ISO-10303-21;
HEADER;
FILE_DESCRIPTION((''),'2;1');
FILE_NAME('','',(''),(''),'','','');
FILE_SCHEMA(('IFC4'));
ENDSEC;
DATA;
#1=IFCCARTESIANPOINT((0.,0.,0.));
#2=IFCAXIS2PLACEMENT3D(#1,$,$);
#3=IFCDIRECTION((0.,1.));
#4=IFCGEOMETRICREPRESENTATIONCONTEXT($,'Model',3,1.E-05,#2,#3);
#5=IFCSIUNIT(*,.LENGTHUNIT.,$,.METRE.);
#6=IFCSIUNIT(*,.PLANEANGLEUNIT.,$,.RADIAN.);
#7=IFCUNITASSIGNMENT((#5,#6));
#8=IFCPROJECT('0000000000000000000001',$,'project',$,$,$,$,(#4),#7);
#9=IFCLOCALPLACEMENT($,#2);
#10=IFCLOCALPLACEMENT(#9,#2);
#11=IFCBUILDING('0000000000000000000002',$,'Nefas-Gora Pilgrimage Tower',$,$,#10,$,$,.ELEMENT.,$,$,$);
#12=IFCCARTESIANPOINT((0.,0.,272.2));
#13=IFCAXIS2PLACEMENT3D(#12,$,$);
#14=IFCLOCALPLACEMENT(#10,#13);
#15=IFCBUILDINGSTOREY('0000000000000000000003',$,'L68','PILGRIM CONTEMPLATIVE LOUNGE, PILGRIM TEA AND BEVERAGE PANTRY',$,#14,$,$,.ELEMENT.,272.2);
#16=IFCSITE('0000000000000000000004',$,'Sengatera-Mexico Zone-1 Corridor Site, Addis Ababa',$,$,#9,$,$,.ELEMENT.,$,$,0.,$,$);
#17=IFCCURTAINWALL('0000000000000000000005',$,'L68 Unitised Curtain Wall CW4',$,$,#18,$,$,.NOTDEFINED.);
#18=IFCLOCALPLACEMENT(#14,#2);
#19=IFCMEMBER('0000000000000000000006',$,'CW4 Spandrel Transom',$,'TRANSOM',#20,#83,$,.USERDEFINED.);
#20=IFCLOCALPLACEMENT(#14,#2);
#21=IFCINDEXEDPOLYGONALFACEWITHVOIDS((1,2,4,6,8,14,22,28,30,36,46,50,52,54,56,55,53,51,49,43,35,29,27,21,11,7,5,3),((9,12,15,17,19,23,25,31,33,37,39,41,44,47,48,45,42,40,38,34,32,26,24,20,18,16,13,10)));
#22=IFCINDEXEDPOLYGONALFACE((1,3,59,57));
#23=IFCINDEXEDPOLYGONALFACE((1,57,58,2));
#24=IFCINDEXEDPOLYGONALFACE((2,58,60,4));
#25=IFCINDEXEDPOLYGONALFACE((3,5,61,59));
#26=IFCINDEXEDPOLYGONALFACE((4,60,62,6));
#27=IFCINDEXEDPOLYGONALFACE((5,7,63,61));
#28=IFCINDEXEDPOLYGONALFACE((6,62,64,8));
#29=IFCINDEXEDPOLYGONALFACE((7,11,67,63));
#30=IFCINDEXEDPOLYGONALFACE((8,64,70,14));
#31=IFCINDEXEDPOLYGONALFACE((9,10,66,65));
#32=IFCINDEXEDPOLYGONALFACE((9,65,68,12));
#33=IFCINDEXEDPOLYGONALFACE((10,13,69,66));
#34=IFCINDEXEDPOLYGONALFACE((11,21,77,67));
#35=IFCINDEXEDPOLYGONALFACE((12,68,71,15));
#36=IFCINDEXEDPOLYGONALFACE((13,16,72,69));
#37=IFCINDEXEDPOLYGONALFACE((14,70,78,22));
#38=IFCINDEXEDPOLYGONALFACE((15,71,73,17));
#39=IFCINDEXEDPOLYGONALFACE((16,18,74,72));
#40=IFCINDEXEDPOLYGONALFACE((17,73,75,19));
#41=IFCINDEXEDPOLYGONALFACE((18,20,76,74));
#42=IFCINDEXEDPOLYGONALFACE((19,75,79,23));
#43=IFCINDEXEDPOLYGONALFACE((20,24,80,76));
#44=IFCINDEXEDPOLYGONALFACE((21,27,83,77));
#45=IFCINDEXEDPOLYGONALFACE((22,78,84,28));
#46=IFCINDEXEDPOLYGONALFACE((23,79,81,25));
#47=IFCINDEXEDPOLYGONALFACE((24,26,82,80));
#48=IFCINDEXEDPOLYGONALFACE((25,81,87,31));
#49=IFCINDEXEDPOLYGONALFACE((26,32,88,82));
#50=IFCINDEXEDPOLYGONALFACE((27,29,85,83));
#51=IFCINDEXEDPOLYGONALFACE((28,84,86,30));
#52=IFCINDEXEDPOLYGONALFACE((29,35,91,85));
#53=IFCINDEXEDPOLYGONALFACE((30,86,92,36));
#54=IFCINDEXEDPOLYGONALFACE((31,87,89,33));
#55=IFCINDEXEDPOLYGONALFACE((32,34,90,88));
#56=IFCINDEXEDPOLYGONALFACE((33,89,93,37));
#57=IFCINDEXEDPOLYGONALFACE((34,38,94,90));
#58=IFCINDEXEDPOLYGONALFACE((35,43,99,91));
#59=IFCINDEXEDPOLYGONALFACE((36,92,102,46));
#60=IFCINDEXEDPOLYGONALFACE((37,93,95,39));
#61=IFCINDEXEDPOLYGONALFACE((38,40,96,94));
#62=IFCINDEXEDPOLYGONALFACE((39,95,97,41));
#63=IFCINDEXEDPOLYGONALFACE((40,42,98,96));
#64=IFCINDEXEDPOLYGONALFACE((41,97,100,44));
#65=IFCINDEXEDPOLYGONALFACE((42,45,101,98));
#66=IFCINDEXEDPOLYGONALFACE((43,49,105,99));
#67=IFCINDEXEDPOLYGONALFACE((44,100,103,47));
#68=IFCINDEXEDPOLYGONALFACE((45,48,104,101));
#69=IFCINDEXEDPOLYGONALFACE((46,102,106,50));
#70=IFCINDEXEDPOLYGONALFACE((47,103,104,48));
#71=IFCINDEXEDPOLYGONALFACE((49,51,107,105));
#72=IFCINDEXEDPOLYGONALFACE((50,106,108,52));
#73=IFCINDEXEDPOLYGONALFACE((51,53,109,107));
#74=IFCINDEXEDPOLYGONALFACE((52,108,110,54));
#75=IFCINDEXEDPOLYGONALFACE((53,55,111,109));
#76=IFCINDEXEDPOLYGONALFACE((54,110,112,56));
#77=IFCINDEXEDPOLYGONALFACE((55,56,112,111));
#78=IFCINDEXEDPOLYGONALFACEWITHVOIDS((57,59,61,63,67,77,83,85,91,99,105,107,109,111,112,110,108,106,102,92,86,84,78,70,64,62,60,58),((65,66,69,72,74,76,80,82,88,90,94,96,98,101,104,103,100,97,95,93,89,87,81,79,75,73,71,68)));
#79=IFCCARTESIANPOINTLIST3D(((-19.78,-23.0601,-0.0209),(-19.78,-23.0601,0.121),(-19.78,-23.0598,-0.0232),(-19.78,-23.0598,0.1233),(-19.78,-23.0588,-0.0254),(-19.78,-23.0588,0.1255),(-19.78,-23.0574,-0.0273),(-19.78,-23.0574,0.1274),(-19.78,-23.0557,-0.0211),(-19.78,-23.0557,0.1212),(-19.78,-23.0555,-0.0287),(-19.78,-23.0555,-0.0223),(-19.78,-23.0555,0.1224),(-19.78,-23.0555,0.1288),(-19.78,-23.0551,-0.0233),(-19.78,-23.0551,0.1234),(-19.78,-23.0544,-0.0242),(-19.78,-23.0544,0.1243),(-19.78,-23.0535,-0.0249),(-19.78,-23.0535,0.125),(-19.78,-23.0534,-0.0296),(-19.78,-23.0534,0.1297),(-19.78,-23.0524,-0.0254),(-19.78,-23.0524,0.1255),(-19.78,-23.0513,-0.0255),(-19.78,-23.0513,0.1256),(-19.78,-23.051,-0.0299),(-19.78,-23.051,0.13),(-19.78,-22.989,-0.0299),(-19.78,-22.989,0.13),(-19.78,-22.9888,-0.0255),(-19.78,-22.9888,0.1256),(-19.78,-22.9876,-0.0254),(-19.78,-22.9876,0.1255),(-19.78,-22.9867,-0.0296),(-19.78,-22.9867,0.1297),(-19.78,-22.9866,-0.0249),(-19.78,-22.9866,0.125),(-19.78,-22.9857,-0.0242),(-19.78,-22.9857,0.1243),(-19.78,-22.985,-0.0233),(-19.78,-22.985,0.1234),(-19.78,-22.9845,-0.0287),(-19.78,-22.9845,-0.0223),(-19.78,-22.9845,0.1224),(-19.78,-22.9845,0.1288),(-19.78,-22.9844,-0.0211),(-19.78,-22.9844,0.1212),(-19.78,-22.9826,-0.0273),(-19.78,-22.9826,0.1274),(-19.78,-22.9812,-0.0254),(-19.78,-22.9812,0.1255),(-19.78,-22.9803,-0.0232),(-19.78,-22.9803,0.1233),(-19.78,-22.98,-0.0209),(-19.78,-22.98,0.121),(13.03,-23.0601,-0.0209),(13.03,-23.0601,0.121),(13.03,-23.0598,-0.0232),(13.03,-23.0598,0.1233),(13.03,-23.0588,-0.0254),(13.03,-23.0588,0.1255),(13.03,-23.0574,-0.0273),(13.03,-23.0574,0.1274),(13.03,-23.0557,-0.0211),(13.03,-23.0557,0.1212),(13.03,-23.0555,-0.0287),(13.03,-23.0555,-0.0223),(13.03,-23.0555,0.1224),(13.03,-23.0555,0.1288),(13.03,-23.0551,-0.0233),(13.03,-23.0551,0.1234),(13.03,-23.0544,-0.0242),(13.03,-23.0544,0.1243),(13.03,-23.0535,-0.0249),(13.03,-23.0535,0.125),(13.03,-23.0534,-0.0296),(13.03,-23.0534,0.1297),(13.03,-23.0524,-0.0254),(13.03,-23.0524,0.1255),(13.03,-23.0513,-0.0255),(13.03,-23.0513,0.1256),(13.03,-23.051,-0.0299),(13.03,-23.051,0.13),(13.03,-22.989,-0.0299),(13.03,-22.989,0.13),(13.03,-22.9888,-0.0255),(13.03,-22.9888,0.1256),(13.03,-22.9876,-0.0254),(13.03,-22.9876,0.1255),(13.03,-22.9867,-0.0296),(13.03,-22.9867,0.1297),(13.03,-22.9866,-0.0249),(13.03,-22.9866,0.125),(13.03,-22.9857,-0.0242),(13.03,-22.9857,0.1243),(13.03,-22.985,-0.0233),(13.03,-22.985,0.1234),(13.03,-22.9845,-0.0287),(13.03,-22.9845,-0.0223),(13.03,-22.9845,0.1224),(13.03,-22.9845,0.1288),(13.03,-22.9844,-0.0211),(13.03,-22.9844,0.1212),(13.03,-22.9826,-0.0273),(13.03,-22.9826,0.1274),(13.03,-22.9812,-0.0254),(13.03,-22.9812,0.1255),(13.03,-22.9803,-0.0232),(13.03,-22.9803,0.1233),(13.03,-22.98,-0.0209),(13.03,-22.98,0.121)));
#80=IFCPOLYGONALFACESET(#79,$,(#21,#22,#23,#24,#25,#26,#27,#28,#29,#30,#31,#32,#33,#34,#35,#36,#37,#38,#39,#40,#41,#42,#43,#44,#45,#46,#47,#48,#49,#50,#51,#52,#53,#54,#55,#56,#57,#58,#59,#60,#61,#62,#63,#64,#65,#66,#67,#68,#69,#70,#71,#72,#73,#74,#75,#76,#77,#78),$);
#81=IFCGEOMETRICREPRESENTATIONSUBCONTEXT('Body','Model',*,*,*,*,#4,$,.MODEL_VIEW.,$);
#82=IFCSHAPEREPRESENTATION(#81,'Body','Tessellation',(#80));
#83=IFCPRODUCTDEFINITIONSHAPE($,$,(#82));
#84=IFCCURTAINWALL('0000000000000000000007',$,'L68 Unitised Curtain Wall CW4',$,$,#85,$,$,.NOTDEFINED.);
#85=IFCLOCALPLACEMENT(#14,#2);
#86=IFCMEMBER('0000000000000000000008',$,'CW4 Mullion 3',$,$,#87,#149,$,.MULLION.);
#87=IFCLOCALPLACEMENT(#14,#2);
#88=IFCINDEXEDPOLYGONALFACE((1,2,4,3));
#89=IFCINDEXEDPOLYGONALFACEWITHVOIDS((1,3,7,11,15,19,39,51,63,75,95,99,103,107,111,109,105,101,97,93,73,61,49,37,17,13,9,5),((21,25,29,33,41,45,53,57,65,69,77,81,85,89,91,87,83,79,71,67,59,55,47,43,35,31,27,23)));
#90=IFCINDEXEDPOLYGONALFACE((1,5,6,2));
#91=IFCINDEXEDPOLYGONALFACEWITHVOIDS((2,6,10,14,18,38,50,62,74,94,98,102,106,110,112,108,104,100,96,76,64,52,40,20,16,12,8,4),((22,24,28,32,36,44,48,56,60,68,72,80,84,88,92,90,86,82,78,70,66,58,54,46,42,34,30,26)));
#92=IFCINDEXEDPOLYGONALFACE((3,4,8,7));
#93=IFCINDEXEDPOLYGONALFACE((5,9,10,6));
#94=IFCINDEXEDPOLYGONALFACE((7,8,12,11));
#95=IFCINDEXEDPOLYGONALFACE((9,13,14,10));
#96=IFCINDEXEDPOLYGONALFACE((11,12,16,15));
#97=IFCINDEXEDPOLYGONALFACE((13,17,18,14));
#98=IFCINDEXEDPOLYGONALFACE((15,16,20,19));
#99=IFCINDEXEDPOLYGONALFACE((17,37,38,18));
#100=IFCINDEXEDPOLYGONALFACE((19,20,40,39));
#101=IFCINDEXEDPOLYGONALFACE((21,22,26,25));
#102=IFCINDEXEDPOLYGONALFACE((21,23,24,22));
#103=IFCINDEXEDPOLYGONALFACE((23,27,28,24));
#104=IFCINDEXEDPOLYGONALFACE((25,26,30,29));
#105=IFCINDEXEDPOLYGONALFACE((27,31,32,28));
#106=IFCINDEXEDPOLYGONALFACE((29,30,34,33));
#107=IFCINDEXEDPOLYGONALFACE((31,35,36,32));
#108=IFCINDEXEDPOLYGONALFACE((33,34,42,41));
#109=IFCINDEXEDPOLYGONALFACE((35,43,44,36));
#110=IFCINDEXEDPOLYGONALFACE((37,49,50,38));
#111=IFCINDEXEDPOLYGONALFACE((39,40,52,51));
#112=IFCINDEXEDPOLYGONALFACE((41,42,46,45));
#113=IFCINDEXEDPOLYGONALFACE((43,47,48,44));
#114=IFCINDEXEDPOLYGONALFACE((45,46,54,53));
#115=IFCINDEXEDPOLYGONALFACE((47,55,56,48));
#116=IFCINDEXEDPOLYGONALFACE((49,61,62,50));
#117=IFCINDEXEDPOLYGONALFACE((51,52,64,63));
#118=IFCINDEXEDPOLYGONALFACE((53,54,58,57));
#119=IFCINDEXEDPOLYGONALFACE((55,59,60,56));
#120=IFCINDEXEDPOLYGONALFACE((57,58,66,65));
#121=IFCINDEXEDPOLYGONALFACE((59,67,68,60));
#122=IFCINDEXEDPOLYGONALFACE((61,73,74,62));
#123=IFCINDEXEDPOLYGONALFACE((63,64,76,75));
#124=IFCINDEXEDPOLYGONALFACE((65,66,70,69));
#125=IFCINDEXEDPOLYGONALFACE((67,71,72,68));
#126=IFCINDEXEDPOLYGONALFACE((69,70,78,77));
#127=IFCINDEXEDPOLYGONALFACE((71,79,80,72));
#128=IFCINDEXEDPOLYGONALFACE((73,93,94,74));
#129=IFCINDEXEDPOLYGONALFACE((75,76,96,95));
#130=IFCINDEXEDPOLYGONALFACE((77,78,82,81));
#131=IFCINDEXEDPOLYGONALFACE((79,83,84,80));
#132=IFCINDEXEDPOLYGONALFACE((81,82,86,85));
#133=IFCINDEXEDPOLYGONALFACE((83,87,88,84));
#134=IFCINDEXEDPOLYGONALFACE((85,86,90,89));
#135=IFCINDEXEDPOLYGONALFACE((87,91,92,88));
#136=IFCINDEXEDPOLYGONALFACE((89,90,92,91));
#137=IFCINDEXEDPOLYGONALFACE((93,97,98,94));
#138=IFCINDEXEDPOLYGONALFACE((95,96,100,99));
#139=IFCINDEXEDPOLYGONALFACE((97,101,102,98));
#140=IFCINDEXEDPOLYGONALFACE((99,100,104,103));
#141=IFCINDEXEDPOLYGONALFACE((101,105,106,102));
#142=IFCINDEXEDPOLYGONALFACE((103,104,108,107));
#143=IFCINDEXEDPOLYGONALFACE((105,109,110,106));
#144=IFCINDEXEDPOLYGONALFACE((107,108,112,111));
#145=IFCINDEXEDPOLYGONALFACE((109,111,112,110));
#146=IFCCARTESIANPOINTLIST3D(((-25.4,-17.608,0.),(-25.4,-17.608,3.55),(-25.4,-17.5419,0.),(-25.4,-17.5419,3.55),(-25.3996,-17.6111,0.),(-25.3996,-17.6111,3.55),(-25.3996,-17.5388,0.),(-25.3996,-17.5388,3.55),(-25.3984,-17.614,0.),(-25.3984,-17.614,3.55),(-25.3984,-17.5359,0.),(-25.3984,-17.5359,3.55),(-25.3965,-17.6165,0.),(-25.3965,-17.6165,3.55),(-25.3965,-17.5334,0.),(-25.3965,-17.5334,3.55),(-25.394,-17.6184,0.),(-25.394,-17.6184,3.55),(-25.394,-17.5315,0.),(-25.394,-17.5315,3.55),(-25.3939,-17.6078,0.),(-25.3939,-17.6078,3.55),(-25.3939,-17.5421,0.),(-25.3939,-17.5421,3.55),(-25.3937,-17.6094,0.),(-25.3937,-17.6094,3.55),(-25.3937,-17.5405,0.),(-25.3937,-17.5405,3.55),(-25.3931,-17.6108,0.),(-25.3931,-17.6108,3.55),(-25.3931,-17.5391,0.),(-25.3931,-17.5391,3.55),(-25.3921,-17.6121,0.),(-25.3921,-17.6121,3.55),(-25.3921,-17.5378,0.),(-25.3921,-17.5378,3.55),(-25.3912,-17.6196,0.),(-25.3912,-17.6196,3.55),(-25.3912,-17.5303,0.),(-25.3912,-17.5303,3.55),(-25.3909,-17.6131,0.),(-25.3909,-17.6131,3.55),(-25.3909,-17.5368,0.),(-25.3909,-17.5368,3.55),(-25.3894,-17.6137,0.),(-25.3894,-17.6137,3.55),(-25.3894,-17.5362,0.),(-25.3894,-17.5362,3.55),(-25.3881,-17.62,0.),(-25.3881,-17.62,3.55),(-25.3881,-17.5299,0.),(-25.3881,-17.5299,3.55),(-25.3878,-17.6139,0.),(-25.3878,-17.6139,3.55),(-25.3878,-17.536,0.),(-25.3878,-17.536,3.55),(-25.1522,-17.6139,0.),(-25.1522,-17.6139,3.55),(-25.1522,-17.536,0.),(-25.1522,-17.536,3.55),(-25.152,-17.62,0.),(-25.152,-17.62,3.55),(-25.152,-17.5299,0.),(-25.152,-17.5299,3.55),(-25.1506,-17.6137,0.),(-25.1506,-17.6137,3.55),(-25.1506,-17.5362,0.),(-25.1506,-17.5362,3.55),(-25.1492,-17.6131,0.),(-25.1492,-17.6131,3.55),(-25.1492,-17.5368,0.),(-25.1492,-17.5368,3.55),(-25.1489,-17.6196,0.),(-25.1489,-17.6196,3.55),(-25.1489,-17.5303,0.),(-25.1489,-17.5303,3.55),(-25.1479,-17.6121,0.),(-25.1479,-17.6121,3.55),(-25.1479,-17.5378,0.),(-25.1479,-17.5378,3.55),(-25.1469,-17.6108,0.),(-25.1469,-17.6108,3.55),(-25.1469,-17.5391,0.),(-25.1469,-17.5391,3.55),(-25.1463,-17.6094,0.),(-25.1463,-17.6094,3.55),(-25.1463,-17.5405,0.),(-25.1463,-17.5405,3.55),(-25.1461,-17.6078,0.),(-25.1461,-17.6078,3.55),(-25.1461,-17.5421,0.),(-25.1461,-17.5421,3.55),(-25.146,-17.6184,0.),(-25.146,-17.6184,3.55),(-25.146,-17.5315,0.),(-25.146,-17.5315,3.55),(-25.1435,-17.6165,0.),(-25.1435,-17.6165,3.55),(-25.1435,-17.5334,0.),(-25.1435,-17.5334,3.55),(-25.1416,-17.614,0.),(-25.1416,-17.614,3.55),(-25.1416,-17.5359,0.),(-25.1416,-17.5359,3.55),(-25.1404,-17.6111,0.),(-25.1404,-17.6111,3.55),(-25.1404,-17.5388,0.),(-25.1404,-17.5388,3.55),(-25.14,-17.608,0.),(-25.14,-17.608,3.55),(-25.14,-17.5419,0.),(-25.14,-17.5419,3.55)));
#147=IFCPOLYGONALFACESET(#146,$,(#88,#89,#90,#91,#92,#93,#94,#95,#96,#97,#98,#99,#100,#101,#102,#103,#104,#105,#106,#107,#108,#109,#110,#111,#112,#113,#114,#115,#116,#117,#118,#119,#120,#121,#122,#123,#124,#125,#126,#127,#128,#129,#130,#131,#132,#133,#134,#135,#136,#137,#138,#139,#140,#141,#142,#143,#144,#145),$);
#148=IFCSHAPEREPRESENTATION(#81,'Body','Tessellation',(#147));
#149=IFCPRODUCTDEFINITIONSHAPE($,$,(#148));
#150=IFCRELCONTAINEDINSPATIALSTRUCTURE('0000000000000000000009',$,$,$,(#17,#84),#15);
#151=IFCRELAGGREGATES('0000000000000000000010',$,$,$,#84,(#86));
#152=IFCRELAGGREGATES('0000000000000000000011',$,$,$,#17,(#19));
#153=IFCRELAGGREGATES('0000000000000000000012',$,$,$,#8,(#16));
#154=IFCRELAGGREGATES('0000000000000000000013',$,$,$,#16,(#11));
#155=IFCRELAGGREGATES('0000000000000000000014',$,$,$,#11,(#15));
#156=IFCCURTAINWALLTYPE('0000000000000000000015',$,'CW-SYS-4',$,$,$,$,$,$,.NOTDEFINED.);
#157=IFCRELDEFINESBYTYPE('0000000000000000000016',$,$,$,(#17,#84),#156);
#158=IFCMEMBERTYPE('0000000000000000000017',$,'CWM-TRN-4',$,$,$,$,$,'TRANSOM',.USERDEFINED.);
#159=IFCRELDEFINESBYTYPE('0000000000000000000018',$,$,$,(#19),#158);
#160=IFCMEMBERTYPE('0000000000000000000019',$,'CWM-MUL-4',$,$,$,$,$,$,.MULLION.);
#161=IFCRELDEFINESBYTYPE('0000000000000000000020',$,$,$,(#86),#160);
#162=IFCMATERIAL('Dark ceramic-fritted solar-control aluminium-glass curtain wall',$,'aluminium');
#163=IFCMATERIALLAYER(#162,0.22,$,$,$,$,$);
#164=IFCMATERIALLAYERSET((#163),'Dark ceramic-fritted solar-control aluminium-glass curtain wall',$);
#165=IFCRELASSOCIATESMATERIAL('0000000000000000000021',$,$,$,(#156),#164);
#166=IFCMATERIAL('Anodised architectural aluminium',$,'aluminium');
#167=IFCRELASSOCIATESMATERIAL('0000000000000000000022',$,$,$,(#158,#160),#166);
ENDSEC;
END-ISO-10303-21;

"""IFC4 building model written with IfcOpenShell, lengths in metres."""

from ifc_helpers import new_model, si_unit, direction, frame, origin, origin_2d, place, context, subcontext, project, spatial, hollow_rectangle, extrude, source, transform, mapped, material, layer, layer_set, material_profile, profile_set, type_object, element, aggregate, save


model = new_model("IFC4")

# Units and contexts
model_context = context("Model", 3, precision=1e-05, world=origin(), true_north=direction((0.0, 1.0)))
body_context = subcontext(model_context, "Body", "Model", "MODEL_VIEW")
ifc_project = project(units=[si_unit("LENGTHUNIT", "METRE"), si_unit("PLANEANGLEUNIT", "RADIAN")], contexts=[model_context])

# Site, building, storey
site_placement = place(None, origin())
site = spatial("IfcSite", under=ifc_project, at=site_placement, Name="Sengatera-Mexico Zone-1 Corridor Site, Addis Ababa", CompositionType="ELEMENT", RefElevation=0.0)
building_placement = place(site_placement, origin())
building = spatial("IfcBuilding", under=site, at=building_placement, Name="Nefas-Gora Pilgrimage Tower", CompositionType="ELEMENT")
storey_placement = place(building_placement, frame((0.0, 0.0, 272.2)))
storey = spatial("IfcBuildingStorey", under=building, at=storey_placement, Name="L68", Description="PILGRIM CONTEMPLATIVE LOUNGE, PILGRIM TEA AND BEVERAGE PANTRY", CompositionType="ELEMENT", Elevation=272.2)

# Curtain walls, members
ifc_material_1 = material(Name="Dark ceramic-fritted solar-control aluminium-glass curtain wall", Category="aluminium")
ifc_layer_1 = layer(ifc_material_1, 0.22)
ifc_layer_set_1 = layer_set([ifc_layer_1], Name="Dark ceramic-fritted solar-control aluminium-glass curtain wall")
curtain_wall_type = type_object("IfcCurtainWallType", Name="CW-SYS-4", PredefinedType="NOTDEFINED", material=ifc_layer_set_1)
curtain_wall_1_placement = place(storey_placement, origin())
curtain_wall_1 = element("IfcCurtainWall", 1, at=curtain_wall_1_placement, inside=storey, type_object=curtain_wall_type, Name="L68 Unitised Curtain Wall CW4", PredefinedType="NOTDEFINED")
ifc_material_2 = material(Name="Anodised architectural aluminium", Category="aluminium")
ifc_material_profile_1 = material_profile(ifc_material_2, hollow_rectangle(XDim=0.0801, YDim=0.1599, WallThickness=0.0044, InnerFilletRadius=0.0044, OuterFilletRadius=0.009, at=origin_2d()), Name="ALU TRANSOM 80x160")
ifc_profile_set_1 = profile_set([ifc_material_profile_1], Name="Anodised architectural aluminium")
member_type_1 = type_object("IfcMemberType", Name="CWM-TRN-4", ElementType="TRANSOM", PredefinedType="USERDEFINED", material=ifc_profile_set_1)
shared_shape_1 = source(origin(), body_context, "Body", "SweptSolid", [
    extrude(hollow_rectangle(XDim=0.0801, YDim=0.1599, WallThickness=0.0044, InnerFilletRadius=0.0044, OuterFilletRadius=0.009, at=origin_2d()), origin(), (0.0, 0.0, 1.0), 32.8101),
])
member_1_placement = place(storey_placement, frame((-19.78, -23.02, 0.05), z_axis=(1.0, 0.0, 0.0), x_axis=(0.0, 1.0, 0.0)))
member_1 = element("IfcMember", 2, at=member_1_placement, type_object=member_type_1, Name="CW4 Spandrel Transom", ObjectType="TRANSOM", PredefinedType="USERDEFINED", context=body_context, shape_type="MappedRepresentation", body=[
    mapped(shared_shape_1, transform((0.0, 0.0, 0.0), x_axis=(1.0, 0.0, 0.0), y_axis=(0.0, 1.0, 0.0), z_axis=(0.0, 0.0, 1.0), scale=1.0)),
])
curtain_wall_2_placement = place(storey_placement, origin())
curtain_wall_2 = element("IfcCurtainWall", 3, at=curtain_wall_2_placement, inside=storey, type_object=curtain_wall_type, Name="L68 Unitised Curtain Wall CW4", PredefinedType="NOTDEFINED")
ifc_material_profile_2 = material_profile(ifc_material_2, hollow_rectangle(XDim=0.0901, YDim=0.26, WallThickness=0.0061, InnerFilletRadius=0.0061, OuterFilletRadius=0.012, at=origin_2d()), Name="ALU MULLION 90x260")
ifc_profile_set_2 = profile_set([ifc_material_profile_2], Name="Anodised architectural aluminium")
member_type_2 = type_object("IfcMemberType", Name="CWM-MUL-4", PredefinedType="MULLION", material=ifc_profile_set_2)
shared_shape_2 = source(origin(), body_context, "Body", "SweptSolid", [
    extrude(hollow_rectangle(XDim=0.0901, YDim=0.26, WallThickness=0.0061, InnerFilletRadius=0.0061, OuterFilletRadius=0.012, at=origin_2d()), origin(), (0.0, 0.0, 1.0), 3.55),
])
member_2_placement = place(storey_placement, frame((-25.27, -17.575, 0.0), z_axis=(0.0, 0.0, 1.0), x_axis=(0.0, -1.0, 0.0)))
member_2 = element("IfcMember", 4, at=member_2_placement, type_object=member_type_2, Name="CW4 Mullion 3", PredefinedType="MULLION", context=body_context, shape_type="MappedRepresentation", body=[
    mapped(shared_shape_2, transform((0.0, 0.0, 0.0), x_axis=(1.0, 0.0, 0.0), y_axis=(0.0, 1.0, 0.0), z_axis=(0.0, 0.0, 1.0), scale=1.0)),
])
aggregate(curtain_wall_2, [member_2])

aggregate(curtain_wall_1, [member_1])

save(model, "model.ifc")
